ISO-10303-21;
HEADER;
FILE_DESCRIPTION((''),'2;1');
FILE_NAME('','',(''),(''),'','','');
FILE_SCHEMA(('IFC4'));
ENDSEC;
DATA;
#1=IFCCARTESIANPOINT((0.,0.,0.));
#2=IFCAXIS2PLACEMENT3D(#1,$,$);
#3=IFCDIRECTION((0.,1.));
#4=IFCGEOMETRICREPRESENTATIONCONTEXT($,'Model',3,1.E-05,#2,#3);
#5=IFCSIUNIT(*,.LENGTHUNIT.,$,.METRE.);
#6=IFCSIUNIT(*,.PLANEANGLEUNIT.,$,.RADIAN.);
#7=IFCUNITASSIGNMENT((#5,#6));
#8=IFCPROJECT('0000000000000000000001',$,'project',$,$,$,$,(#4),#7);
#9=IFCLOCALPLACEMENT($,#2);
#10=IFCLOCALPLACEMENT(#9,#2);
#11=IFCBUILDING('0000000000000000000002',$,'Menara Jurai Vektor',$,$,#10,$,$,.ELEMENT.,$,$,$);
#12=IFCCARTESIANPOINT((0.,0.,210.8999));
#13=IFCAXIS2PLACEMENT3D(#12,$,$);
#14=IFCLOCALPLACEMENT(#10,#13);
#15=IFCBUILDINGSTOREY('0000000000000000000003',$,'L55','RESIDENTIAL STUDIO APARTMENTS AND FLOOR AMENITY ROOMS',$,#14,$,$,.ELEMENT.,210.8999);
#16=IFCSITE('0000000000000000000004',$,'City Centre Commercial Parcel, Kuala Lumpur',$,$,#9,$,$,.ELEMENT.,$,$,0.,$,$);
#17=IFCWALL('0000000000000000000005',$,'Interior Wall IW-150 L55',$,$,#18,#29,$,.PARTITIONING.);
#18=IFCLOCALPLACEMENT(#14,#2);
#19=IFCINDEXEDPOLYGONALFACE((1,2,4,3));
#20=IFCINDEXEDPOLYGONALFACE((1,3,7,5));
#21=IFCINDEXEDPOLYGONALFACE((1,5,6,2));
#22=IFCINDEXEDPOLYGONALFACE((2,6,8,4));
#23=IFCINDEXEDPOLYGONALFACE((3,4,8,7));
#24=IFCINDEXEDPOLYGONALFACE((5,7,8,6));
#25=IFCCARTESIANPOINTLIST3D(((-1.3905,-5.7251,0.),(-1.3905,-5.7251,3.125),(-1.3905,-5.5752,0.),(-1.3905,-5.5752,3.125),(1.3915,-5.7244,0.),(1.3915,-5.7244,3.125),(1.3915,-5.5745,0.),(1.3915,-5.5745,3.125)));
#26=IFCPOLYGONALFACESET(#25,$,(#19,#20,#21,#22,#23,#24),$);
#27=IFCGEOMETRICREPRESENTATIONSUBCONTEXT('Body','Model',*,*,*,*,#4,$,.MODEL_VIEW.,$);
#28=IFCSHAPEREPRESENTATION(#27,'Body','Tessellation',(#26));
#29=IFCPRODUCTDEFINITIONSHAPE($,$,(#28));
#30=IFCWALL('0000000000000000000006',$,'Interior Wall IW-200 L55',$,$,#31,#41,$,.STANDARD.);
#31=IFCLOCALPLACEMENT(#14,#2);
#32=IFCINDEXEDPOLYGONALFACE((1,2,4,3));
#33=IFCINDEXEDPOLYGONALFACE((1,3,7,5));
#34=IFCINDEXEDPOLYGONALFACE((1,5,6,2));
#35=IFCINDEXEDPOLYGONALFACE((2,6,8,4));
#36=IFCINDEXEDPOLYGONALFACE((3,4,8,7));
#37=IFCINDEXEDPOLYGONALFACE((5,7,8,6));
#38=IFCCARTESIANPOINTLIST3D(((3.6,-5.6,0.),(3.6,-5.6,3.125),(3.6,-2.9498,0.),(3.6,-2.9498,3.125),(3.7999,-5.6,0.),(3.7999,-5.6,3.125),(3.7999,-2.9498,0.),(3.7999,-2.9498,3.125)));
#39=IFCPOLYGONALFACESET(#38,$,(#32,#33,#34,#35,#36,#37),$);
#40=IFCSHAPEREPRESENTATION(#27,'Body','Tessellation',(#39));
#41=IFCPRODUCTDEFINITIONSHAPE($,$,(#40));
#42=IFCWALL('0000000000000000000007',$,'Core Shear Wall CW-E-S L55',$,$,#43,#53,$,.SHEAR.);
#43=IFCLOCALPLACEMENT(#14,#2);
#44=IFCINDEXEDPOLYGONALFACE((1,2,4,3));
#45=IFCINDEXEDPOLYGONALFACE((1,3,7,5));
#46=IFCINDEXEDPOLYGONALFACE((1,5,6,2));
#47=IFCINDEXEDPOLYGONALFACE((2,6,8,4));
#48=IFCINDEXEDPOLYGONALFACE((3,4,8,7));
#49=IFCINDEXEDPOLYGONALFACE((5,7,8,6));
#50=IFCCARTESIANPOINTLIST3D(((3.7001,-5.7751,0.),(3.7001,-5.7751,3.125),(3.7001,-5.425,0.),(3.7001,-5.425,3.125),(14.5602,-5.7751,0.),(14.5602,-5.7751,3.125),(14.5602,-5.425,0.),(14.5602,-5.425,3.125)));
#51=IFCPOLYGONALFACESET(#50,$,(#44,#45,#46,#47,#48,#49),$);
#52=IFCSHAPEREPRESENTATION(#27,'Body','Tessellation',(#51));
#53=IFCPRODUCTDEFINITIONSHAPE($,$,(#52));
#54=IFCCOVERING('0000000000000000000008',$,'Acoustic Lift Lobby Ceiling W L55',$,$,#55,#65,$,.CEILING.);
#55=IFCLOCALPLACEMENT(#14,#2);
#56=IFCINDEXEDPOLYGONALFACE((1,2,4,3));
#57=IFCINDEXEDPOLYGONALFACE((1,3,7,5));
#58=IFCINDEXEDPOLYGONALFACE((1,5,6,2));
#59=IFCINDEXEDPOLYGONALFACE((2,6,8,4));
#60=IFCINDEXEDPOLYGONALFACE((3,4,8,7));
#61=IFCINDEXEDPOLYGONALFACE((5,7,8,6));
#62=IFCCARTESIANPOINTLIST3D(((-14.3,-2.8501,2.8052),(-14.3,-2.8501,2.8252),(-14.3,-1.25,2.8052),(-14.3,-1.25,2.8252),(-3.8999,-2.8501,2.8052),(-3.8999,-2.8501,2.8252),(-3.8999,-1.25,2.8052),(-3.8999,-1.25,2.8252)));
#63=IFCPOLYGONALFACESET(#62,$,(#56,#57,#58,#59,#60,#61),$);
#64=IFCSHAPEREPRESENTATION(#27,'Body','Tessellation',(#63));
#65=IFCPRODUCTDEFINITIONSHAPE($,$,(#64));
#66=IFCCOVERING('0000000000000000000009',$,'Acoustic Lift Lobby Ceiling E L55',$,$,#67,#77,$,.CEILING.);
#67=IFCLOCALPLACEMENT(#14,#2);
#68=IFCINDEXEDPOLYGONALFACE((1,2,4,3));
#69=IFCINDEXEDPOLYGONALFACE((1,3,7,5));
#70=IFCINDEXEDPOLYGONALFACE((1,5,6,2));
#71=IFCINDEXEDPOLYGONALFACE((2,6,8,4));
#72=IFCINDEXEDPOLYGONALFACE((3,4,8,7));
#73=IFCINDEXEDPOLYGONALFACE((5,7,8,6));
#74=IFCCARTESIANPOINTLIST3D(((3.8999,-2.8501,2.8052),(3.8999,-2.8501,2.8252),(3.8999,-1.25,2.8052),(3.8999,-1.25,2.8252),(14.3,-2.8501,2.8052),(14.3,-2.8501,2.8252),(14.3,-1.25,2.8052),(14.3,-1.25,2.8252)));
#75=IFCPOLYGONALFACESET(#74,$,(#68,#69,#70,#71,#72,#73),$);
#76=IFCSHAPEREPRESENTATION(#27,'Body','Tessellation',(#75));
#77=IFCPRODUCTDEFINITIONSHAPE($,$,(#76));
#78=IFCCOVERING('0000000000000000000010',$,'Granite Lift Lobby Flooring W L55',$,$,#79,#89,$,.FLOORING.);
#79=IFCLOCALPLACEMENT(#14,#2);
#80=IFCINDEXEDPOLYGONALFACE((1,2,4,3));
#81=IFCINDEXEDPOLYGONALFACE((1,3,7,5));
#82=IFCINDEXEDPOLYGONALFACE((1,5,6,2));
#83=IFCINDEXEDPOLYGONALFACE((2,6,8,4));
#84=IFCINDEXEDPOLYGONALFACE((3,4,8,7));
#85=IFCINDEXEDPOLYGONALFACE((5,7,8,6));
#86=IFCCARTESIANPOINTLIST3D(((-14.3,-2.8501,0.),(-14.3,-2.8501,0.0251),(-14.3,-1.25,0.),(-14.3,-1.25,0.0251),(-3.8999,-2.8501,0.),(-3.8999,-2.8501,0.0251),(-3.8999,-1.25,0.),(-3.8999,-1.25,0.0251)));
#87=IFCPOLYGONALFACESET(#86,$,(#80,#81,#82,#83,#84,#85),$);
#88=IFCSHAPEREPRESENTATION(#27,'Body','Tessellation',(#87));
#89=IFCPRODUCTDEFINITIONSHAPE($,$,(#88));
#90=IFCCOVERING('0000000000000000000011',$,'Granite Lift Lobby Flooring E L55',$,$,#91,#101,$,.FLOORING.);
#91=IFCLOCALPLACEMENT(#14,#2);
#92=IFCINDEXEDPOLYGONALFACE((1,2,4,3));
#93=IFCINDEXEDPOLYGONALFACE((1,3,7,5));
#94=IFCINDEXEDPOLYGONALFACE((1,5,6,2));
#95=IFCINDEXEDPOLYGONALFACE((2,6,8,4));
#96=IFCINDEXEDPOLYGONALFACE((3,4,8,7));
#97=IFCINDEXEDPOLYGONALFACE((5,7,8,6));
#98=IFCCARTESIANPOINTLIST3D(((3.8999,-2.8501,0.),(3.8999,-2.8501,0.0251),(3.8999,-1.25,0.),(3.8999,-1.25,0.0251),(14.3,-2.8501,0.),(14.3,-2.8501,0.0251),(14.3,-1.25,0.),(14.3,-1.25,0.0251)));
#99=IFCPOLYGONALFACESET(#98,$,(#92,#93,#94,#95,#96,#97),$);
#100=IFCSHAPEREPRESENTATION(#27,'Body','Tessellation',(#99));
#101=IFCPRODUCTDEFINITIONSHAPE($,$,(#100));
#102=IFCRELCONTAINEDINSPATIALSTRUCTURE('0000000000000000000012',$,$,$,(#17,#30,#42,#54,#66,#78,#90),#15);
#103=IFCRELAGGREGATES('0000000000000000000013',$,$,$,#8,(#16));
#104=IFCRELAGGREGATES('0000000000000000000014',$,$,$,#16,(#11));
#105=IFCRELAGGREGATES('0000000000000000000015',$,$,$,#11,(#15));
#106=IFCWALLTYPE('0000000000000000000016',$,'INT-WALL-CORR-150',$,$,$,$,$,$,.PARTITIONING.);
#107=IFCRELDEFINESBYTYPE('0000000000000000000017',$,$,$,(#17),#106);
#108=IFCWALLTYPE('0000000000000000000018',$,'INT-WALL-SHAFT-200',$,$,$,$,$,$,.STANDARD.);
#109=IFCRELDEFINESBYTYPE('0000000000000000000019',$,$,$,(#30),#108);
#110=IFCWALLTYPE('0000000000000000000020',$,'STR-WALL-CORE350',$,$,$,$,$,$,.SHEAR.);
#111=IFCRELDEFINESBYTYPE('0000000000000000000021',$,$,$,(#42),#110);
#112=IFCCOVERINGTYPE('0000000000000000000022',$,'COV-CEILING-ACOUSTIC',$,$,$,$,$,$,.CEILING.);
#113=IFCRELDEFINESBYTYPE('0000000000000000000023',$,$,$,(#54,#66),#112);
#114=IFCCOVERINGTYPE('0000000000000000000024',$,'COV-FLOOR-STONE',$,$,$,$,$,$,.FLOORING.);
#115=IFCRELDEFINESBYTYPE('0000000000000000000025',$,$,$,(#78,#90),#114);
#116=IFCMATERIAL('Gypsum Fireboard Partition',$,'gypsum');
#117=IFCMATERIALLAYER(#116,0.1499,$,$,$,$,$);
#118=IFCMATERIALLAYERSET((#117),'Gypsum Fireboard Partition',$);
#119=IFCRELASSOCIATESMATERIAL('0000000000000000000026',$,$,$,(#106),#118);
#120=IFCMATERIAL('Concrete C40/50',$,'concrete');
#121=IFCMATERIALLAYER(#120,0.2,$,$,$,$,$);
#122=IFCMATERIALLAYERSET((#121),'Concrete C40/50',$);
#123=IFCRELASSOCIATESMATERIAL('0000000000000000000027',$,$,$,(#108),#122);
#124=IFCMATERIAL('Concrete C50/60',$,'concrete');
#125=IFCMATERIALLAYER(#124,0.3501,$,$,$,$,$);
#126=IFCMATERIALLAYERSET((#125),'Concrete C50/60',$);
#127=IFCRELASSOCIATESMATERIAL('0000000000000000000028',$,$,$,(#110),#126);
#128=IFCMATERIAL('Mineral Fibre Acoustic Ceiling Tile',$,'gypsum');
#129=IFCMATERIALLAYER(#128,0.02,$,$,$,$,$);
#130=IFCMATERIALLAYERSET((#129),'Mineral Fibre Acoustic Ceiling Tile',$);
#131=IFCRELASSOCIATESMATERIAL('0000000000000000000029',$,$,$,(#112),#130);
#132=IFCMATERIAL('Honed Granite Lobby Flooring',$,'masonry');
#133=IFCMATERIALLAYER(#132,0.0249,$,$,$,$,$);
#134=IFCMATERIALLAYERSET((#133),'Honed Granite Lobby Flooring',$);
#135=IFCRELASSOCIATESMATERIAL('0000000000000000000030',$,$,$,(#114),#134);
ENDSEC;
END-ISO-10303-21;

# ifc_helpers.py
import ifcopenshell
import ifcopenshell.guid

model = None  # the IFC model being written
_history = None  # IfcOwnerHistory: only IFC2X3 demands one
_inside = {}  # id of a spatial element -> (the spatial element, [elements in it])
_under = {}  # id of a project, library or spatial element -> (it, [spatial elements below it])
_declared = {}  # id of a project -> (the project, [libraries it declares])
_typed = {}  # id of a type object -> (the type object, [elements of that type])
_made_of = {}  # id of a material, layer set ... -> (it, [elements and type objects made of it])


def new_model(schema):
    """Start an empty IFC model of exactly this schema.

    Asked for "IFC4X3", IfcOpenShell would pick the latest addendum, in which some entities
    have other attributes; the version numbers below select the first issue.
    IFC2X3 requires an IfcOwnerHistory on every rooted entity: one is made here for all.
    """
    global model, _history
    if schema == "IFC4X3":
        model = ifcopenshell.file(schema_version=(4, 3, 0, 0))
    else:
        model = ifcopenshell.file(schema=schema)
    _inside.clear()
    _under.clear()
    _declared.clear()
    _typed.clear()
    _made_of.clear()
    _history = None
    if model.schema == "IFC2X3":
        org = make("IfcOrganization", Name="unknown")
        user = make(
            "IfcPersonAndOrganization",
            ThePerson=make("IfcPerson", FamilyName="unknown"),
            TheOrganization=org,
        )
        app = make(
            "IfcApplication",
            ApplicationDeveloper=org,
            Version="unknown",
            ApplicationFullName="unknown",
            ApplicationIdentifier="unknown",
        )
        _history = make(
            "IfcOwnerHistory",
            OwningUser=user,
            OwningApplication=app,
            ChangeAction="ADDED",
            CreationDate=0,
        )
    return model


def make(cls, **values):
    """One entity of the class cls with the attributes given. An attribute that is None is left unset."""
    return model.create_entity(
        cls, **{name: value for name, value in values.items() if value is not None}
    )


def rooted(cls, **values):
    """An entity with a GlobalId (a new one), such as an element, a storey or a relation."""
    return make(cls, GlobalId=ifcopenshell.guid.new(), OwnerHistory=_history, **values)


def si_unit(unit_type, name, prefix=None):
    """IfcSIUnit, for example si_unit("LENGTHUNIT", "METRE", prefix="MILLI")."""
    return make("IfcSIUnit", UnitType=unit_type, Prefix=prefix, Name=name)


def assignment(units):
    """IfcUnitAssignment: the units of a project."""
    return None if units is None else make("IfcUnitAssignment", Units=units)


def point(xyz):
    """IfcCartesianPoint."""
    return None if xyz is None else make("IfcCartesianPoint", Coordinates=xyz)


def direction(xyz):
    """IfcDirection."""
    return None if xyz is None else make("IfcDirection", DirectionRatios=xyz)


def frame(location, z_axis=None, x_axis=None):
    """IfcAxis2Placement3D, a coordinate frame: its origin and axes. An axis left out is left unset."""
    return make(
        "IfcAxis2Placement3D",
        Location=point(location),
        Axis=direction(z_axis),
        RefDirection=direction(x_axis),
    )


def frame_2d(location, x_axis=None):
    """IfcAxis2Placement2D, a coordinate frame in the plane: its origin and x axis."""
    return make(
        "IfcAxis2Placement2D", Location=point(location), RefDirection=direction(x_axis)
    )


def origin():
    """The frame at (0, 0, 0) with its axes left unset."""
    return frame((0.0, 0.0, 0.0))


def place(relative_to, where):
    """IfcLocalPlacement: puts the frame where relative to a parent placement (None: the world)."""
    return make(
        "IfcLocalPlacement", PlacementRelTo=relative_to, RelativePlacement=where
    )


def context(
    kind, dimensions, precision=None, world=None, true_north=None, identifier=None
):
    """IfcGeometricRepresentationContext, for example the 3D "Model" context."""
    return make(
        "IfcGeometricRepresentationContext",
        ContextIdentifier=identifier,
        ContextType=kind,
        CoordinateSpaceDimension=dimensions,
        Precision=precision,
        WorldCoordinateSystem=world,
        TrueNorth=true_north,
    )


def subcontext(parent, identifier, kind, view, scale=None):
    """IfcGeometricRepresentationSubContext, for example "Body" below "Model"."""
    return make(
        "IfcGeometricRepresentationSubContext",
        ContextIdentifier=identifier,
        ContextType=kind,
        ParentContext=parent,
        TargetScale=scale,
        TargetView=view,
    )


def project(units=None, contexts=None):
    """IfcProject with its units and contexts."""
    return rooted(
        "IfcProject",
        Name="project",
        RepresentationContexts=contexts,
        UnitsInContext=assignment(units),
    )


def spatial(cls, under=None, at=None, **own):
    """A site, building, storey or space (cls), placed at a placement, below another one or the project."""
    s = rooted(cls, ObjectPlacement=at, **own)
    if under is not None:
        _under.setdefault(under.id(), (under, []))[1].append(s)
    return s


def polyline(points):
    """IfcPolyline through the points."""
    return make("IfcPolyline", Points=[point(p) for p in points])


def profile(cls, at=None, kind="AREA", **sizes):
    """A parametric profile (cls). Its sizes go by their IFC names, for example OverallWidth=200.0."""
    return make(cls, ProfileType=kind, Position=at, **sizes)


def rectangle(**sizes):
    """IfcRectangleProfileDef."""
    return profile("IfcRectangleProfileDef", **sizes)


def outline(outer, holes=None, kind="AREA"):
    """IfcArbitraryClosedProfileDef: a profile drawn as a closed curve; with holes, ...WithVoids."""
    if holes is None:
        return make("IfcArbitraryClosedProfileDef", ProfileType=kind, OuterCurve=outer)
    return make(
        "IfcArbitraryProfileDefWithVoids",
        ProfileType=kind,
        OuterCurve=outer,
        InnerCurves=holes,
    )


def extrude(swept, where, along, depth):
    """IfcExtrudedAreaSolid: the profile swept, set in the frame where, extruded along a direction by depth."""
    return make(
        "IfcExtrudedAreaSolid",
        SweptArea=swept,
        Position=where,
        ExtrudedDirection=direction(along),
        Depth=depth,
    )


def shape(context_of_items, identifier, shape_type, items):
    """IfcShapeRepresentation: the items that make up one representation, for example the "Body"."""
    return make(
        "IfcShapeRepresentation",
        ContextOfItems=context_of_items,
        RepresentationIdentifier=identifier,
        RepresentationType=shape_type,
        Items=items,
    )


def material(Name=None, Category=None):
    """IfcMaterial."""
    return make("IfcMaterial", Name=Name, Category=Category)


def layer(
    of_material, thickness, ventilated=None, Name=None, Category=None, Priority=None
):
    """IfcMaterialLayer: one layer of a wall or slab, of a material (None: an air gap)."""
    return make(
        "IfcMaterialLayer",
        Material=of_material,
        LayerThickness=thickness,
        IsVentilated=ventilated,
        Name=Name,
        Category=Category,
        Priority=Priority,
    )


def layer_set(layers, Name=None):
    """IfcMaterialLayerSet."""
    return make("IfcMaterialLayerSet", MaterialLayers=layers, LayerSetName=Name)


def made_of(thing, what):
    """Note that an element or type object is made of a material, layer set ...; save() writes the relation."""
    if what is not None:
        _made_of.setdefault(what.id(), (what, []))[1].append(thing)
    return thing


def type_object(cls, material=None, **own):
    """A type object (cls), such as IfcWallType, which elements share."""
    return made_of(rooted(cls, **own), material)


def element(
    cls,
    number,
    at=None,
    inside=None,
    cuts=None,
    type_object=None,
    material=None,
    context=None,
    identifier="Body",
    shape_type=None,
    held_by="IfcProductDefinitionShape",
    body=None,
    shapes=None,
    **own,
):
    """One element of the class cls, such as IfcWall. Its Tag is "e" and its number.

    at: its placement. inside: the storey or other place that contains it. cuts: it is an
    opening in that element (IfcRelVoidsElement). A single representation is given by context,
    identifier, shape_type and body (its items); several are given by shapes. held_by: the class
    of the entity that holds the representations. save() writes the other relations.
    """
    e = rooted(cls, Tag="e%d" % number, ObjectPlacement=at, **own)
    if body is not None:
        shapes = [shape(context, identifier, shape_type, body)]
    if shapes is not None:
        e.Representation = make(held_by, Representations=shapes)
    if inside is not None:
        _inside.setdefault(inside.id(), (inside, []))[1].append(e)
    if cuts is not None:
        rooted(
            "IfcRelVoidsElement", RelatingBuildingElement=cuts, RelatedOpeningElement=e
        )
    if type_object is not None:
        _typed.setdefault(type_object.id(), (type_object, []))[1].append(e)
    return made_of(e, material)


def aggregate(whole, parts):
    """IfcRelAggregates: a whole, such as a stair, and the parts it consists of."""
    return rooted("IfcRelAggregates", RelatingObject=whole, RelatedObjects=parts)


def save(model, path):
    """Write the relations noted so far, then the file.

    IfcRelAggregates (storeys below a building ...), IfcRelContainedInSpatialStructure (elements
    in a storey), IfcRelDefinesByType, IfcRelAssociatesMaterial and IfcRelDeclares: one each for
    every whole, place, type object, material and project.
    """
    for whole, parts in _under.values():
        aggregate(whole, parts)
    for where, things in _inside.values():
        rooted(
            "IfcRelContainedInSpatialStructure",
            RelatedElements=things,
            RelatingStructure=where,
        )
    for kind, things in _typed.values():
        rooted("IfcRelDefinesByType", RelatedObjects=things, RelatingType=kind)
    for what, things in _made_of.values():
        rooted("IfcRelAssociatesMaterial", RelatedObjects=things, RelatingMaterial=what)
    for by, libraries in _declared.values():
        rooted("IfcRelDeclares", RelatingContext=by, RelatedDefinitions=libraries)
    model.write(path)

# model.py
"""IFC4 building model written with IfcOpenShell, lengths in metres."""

from ifc_helpers import new_model, si_unit, direction, frame, frame_2d, origin, place, context, subcontext, project, spatial, polyline, rectangle, outline, extrude, material, layer, layer_set, type_object, element, save


model = new_model("IFC4")

# Units and contexts
model_context = context("Model", 3, precision=1e-05, world=origin(), true_north=direction((0.0, 1.0)))
body_context = subcontext(model_context, "Body", "Model", "MODEL_VIEW")
ifc_project = project(units=[si_unit("LENGTHUNIT", "METRE"), si_unit("PLANEANGLEUNIT", "RADIAN")], contexts=[model_context])

# Site, building, storey
site_placement = place(None, origin())
site = spatial("IfcSite", under=ifc_project, at=site_placement, Name="City Centre Commercial Parcel, Kuala Lumpur", CompositionType="ELEMENT", RefElevation=0.0)
building_placement = place(site_placement, origin())
building = spatial("IfcBuilding", under=site, at=building_placement, Name="Menara Jurai Vektor", CompositionType="ELEMENT")
storey_placement = place(building_placement, frame((0.0, 0.0, 210.8999)))
storey = spatial("IfcBuildingStorey", under=building, at=storey_placement, Name="L55", Description="RESIDENTIAL STUDIO APARTMENTS AND FLOOR AMENITY ROOMS", CompositionType="ELEMENT", Elevation=210.8999)

# Shared definitions
ifc_material_1 = material(Name="Concrete C50/60", Category="concrete")

# Shared definitions
ifc_material_2 = material(Name="Concrete C40/50", Category="concrete")

# Shared definitions
ifc_material_3 = material(Name="Gypsum Fireboard Partition", Category="gypsum")
ifc_layer_1 = layer(ifc_material_3, 0.1499)
ifc_layer_set_1 = layer_set([ifc_layer_1], Name="Gypsum Fireboard Partition")
wall_type_1 = type_object("IfcWallType", Name="INT-WALL-CORR-150", PredefinedType="PARTITIONING", material=ifc_layer_set_1)

# Walls
wall_1_placement = place(storey_placement, frame((-1.3906, -5.6501, 0.0), z_axis=(0.0, 0.0, 1.0), x_axis=(1.0, 0.000263, 0.0)))
element("IfcWall", 1, at=wall_1_placement, inside=storey, type_object=wall_type_1, Name="Interior Wall IW-150 L55", PredefinedType="PARTITIONING", context=body_context, shape_type="SweptSolid", body=[
    extrude(rectangle(XDim=2.782, YDim=0.1499, at=frame_2d((1.3911, 0.0))), origin(), (0.0, 0.0, 1.0), 3.125),
])
ifc_layer_2 = layer(ifc_material_2, 0.2)
ifc_layer_set_2 = layer_set([ifc_layer_2], Name="Concrete C40/50")
wall_type_2 = type_object("IfcWallType", Name="INT-WALL-SHAFT-200", PredefinedType="STANDARD", material=ifc_layer_set_2)
wall_2_placement = place(storey_placement, frame((3.7, -5.6001, 0.0), z_axis=(0.0, 0.0, 1.0), x_axis=(0.0, 1.0, 0.0)))
element("IfcWall", 2, at=wall_2_placement, inside=storey, type_object=wall_type_2, Name="Interior Wall IW-200 L55", PredefinedType="STANDARD", context=body_context, shape_type="SweptSolid", body=[
    extrude(rectangle(XDim=2.6501, YDim=0.2, at=frame_2d((1.3252, 0.0))), origin(), (0.0, 0.0, 1.0), 3.125),
])
ifc_layer_3 = layer(ifc_material_1, 0.3501)
ifc_layer_set_3 = layer_set([ifc_layer_3], Name="Concrete C50/60")
wall_type_3 = type_object("IfcWallType", Name="STR-WALL-CORE350", PredefinedType="SHEAR", material=ifc_layer_set_3)
wall_3_placement = place(storey_placement, frame((3.7, -5.6001, 0.0), z_axis=(0.0, 0.0, 1.0), x_axis=(1.0, 0.0, 0.0)))
element("IfcWall", 3, at=wall_3_placement, inside=storey, type_object=wall_type_3, Name="Core Shear Wall CW-E-S L55", PredefinedType="SHEAR", context=body_context, shape_type="SweptSolid", body=[
    extrude(rectangle(XDim=10.8601, YDim=0.3501, at=frame_2d((5.4302, 0.0))), origin(), (0.0, 0.0, 1.0), 3.125),
])

# Coverings
ifc_material_4 = material(Name="Mineral Fibre Acoustic Ceiling Tile", Category="gypsum")
ifc_layer_4 = layer(ifc_material_4, 0.02)
ifc_layer_set_4 = layer_set([ifc_layer_4], Name="Mineral Fibre Acoustic Ceiling Tile")
covering_type_1 = type_object("IfcCoveringType", Name="COV-CEILING-ACOUSTIC", PredefinedType="CEILING", material=ifc_layer_set_4)
covering_1_placement = place(storey_placement, frame((0.0, 0.0, 2.8052)))
element("IfcCovering", 4, at=covering_1_placement, inside=storey, type_object=covering_type_1, Name="Acoustic Lift Lobby Ceiling W L55", PredefinedType="CEILING", context=body_context, shape_type="SweptSolid", body=[
    extrude(outline(polyline([(-14.3, -2.8501), (-3.8999, -2.8501), (-3.8999, -1.25), (-14.3, -1.25), (-14.3, -2.8501)])), origin(), (0.0, 0.0, 1.0), 0.02),
])
covering_2_placement = place(storey_placement, frame((0.0, 0.0, 2.8052)))
element("IfcCovering", 5, at=covering_2_placement, inside=storey, type_object=covering_type_1, Name="Acoustic Lift Lobby Ceiling E L55", PredefinedType="CEILING", context=body_context, shape_type="SweptSolid", body=[
    extrude(outline(polyline([(3.8999, -2.8501), (14.3, -2.8501), (14.3, -1.25), (3.8999, -1.25), (3.8999, -2.8501)])), origin(), (0.0, 0.0, 1.0), 0.02),
])
ifc_material_5 = material(Name="Honed Granite Lobby Flooring", Category="masonry")
ifc_layer_5 = layer(ifc_material_5, 0.0249)
ifc_layer_set_5 = layer_set([ifc_layer_5], Name="Honed Granite Lobby Flooring")
covering_type_2 = type_object("IfcCoveringType", Name="COV-FLOOR-STONE", PredefinedType="FLOORING", material=ifc_layer_set_5)
covering_3_placement = place(storey_placement, origin())
element("IfcCovering", 6, at=covering_3_placement, inside=storey, type_object=covering_type_2, Name="Granite Lift Lobby Flooring W L55", PredefinedType="FLOORING", context=body_context, shape_type="SweptSolid", body=[
    extrude(outline(polyline([(-14.3, -2.8501), (-3.8999, -2.8501), (-3.8999, -1.25), (-14.3, -1.25), (-14.3, -2.8501)])), origin(), (0.0, 0.0, 1.0), 0.0251),
])
covering_4_placement = place(storey_placement, origin())
element("IfcCovering", 7, at=covering_4_placement, inside=storey, type_object=covering_type_2, Name="Granite Lift Lobby Flooring E L55", PredefinedType="FLOORING", context=body_context, shape_type="SweptSolid", body=[
    extrude(outline(polyline([(3.8999, -2.8501), (14.3, -2.8501), (14.3, -1.25), (3.8999, -1.25), (3.8999, -2.8501)])), origin(), (0.0, 0.0, 1.0), 0.0251),
])

save(model, "model.ifc")
